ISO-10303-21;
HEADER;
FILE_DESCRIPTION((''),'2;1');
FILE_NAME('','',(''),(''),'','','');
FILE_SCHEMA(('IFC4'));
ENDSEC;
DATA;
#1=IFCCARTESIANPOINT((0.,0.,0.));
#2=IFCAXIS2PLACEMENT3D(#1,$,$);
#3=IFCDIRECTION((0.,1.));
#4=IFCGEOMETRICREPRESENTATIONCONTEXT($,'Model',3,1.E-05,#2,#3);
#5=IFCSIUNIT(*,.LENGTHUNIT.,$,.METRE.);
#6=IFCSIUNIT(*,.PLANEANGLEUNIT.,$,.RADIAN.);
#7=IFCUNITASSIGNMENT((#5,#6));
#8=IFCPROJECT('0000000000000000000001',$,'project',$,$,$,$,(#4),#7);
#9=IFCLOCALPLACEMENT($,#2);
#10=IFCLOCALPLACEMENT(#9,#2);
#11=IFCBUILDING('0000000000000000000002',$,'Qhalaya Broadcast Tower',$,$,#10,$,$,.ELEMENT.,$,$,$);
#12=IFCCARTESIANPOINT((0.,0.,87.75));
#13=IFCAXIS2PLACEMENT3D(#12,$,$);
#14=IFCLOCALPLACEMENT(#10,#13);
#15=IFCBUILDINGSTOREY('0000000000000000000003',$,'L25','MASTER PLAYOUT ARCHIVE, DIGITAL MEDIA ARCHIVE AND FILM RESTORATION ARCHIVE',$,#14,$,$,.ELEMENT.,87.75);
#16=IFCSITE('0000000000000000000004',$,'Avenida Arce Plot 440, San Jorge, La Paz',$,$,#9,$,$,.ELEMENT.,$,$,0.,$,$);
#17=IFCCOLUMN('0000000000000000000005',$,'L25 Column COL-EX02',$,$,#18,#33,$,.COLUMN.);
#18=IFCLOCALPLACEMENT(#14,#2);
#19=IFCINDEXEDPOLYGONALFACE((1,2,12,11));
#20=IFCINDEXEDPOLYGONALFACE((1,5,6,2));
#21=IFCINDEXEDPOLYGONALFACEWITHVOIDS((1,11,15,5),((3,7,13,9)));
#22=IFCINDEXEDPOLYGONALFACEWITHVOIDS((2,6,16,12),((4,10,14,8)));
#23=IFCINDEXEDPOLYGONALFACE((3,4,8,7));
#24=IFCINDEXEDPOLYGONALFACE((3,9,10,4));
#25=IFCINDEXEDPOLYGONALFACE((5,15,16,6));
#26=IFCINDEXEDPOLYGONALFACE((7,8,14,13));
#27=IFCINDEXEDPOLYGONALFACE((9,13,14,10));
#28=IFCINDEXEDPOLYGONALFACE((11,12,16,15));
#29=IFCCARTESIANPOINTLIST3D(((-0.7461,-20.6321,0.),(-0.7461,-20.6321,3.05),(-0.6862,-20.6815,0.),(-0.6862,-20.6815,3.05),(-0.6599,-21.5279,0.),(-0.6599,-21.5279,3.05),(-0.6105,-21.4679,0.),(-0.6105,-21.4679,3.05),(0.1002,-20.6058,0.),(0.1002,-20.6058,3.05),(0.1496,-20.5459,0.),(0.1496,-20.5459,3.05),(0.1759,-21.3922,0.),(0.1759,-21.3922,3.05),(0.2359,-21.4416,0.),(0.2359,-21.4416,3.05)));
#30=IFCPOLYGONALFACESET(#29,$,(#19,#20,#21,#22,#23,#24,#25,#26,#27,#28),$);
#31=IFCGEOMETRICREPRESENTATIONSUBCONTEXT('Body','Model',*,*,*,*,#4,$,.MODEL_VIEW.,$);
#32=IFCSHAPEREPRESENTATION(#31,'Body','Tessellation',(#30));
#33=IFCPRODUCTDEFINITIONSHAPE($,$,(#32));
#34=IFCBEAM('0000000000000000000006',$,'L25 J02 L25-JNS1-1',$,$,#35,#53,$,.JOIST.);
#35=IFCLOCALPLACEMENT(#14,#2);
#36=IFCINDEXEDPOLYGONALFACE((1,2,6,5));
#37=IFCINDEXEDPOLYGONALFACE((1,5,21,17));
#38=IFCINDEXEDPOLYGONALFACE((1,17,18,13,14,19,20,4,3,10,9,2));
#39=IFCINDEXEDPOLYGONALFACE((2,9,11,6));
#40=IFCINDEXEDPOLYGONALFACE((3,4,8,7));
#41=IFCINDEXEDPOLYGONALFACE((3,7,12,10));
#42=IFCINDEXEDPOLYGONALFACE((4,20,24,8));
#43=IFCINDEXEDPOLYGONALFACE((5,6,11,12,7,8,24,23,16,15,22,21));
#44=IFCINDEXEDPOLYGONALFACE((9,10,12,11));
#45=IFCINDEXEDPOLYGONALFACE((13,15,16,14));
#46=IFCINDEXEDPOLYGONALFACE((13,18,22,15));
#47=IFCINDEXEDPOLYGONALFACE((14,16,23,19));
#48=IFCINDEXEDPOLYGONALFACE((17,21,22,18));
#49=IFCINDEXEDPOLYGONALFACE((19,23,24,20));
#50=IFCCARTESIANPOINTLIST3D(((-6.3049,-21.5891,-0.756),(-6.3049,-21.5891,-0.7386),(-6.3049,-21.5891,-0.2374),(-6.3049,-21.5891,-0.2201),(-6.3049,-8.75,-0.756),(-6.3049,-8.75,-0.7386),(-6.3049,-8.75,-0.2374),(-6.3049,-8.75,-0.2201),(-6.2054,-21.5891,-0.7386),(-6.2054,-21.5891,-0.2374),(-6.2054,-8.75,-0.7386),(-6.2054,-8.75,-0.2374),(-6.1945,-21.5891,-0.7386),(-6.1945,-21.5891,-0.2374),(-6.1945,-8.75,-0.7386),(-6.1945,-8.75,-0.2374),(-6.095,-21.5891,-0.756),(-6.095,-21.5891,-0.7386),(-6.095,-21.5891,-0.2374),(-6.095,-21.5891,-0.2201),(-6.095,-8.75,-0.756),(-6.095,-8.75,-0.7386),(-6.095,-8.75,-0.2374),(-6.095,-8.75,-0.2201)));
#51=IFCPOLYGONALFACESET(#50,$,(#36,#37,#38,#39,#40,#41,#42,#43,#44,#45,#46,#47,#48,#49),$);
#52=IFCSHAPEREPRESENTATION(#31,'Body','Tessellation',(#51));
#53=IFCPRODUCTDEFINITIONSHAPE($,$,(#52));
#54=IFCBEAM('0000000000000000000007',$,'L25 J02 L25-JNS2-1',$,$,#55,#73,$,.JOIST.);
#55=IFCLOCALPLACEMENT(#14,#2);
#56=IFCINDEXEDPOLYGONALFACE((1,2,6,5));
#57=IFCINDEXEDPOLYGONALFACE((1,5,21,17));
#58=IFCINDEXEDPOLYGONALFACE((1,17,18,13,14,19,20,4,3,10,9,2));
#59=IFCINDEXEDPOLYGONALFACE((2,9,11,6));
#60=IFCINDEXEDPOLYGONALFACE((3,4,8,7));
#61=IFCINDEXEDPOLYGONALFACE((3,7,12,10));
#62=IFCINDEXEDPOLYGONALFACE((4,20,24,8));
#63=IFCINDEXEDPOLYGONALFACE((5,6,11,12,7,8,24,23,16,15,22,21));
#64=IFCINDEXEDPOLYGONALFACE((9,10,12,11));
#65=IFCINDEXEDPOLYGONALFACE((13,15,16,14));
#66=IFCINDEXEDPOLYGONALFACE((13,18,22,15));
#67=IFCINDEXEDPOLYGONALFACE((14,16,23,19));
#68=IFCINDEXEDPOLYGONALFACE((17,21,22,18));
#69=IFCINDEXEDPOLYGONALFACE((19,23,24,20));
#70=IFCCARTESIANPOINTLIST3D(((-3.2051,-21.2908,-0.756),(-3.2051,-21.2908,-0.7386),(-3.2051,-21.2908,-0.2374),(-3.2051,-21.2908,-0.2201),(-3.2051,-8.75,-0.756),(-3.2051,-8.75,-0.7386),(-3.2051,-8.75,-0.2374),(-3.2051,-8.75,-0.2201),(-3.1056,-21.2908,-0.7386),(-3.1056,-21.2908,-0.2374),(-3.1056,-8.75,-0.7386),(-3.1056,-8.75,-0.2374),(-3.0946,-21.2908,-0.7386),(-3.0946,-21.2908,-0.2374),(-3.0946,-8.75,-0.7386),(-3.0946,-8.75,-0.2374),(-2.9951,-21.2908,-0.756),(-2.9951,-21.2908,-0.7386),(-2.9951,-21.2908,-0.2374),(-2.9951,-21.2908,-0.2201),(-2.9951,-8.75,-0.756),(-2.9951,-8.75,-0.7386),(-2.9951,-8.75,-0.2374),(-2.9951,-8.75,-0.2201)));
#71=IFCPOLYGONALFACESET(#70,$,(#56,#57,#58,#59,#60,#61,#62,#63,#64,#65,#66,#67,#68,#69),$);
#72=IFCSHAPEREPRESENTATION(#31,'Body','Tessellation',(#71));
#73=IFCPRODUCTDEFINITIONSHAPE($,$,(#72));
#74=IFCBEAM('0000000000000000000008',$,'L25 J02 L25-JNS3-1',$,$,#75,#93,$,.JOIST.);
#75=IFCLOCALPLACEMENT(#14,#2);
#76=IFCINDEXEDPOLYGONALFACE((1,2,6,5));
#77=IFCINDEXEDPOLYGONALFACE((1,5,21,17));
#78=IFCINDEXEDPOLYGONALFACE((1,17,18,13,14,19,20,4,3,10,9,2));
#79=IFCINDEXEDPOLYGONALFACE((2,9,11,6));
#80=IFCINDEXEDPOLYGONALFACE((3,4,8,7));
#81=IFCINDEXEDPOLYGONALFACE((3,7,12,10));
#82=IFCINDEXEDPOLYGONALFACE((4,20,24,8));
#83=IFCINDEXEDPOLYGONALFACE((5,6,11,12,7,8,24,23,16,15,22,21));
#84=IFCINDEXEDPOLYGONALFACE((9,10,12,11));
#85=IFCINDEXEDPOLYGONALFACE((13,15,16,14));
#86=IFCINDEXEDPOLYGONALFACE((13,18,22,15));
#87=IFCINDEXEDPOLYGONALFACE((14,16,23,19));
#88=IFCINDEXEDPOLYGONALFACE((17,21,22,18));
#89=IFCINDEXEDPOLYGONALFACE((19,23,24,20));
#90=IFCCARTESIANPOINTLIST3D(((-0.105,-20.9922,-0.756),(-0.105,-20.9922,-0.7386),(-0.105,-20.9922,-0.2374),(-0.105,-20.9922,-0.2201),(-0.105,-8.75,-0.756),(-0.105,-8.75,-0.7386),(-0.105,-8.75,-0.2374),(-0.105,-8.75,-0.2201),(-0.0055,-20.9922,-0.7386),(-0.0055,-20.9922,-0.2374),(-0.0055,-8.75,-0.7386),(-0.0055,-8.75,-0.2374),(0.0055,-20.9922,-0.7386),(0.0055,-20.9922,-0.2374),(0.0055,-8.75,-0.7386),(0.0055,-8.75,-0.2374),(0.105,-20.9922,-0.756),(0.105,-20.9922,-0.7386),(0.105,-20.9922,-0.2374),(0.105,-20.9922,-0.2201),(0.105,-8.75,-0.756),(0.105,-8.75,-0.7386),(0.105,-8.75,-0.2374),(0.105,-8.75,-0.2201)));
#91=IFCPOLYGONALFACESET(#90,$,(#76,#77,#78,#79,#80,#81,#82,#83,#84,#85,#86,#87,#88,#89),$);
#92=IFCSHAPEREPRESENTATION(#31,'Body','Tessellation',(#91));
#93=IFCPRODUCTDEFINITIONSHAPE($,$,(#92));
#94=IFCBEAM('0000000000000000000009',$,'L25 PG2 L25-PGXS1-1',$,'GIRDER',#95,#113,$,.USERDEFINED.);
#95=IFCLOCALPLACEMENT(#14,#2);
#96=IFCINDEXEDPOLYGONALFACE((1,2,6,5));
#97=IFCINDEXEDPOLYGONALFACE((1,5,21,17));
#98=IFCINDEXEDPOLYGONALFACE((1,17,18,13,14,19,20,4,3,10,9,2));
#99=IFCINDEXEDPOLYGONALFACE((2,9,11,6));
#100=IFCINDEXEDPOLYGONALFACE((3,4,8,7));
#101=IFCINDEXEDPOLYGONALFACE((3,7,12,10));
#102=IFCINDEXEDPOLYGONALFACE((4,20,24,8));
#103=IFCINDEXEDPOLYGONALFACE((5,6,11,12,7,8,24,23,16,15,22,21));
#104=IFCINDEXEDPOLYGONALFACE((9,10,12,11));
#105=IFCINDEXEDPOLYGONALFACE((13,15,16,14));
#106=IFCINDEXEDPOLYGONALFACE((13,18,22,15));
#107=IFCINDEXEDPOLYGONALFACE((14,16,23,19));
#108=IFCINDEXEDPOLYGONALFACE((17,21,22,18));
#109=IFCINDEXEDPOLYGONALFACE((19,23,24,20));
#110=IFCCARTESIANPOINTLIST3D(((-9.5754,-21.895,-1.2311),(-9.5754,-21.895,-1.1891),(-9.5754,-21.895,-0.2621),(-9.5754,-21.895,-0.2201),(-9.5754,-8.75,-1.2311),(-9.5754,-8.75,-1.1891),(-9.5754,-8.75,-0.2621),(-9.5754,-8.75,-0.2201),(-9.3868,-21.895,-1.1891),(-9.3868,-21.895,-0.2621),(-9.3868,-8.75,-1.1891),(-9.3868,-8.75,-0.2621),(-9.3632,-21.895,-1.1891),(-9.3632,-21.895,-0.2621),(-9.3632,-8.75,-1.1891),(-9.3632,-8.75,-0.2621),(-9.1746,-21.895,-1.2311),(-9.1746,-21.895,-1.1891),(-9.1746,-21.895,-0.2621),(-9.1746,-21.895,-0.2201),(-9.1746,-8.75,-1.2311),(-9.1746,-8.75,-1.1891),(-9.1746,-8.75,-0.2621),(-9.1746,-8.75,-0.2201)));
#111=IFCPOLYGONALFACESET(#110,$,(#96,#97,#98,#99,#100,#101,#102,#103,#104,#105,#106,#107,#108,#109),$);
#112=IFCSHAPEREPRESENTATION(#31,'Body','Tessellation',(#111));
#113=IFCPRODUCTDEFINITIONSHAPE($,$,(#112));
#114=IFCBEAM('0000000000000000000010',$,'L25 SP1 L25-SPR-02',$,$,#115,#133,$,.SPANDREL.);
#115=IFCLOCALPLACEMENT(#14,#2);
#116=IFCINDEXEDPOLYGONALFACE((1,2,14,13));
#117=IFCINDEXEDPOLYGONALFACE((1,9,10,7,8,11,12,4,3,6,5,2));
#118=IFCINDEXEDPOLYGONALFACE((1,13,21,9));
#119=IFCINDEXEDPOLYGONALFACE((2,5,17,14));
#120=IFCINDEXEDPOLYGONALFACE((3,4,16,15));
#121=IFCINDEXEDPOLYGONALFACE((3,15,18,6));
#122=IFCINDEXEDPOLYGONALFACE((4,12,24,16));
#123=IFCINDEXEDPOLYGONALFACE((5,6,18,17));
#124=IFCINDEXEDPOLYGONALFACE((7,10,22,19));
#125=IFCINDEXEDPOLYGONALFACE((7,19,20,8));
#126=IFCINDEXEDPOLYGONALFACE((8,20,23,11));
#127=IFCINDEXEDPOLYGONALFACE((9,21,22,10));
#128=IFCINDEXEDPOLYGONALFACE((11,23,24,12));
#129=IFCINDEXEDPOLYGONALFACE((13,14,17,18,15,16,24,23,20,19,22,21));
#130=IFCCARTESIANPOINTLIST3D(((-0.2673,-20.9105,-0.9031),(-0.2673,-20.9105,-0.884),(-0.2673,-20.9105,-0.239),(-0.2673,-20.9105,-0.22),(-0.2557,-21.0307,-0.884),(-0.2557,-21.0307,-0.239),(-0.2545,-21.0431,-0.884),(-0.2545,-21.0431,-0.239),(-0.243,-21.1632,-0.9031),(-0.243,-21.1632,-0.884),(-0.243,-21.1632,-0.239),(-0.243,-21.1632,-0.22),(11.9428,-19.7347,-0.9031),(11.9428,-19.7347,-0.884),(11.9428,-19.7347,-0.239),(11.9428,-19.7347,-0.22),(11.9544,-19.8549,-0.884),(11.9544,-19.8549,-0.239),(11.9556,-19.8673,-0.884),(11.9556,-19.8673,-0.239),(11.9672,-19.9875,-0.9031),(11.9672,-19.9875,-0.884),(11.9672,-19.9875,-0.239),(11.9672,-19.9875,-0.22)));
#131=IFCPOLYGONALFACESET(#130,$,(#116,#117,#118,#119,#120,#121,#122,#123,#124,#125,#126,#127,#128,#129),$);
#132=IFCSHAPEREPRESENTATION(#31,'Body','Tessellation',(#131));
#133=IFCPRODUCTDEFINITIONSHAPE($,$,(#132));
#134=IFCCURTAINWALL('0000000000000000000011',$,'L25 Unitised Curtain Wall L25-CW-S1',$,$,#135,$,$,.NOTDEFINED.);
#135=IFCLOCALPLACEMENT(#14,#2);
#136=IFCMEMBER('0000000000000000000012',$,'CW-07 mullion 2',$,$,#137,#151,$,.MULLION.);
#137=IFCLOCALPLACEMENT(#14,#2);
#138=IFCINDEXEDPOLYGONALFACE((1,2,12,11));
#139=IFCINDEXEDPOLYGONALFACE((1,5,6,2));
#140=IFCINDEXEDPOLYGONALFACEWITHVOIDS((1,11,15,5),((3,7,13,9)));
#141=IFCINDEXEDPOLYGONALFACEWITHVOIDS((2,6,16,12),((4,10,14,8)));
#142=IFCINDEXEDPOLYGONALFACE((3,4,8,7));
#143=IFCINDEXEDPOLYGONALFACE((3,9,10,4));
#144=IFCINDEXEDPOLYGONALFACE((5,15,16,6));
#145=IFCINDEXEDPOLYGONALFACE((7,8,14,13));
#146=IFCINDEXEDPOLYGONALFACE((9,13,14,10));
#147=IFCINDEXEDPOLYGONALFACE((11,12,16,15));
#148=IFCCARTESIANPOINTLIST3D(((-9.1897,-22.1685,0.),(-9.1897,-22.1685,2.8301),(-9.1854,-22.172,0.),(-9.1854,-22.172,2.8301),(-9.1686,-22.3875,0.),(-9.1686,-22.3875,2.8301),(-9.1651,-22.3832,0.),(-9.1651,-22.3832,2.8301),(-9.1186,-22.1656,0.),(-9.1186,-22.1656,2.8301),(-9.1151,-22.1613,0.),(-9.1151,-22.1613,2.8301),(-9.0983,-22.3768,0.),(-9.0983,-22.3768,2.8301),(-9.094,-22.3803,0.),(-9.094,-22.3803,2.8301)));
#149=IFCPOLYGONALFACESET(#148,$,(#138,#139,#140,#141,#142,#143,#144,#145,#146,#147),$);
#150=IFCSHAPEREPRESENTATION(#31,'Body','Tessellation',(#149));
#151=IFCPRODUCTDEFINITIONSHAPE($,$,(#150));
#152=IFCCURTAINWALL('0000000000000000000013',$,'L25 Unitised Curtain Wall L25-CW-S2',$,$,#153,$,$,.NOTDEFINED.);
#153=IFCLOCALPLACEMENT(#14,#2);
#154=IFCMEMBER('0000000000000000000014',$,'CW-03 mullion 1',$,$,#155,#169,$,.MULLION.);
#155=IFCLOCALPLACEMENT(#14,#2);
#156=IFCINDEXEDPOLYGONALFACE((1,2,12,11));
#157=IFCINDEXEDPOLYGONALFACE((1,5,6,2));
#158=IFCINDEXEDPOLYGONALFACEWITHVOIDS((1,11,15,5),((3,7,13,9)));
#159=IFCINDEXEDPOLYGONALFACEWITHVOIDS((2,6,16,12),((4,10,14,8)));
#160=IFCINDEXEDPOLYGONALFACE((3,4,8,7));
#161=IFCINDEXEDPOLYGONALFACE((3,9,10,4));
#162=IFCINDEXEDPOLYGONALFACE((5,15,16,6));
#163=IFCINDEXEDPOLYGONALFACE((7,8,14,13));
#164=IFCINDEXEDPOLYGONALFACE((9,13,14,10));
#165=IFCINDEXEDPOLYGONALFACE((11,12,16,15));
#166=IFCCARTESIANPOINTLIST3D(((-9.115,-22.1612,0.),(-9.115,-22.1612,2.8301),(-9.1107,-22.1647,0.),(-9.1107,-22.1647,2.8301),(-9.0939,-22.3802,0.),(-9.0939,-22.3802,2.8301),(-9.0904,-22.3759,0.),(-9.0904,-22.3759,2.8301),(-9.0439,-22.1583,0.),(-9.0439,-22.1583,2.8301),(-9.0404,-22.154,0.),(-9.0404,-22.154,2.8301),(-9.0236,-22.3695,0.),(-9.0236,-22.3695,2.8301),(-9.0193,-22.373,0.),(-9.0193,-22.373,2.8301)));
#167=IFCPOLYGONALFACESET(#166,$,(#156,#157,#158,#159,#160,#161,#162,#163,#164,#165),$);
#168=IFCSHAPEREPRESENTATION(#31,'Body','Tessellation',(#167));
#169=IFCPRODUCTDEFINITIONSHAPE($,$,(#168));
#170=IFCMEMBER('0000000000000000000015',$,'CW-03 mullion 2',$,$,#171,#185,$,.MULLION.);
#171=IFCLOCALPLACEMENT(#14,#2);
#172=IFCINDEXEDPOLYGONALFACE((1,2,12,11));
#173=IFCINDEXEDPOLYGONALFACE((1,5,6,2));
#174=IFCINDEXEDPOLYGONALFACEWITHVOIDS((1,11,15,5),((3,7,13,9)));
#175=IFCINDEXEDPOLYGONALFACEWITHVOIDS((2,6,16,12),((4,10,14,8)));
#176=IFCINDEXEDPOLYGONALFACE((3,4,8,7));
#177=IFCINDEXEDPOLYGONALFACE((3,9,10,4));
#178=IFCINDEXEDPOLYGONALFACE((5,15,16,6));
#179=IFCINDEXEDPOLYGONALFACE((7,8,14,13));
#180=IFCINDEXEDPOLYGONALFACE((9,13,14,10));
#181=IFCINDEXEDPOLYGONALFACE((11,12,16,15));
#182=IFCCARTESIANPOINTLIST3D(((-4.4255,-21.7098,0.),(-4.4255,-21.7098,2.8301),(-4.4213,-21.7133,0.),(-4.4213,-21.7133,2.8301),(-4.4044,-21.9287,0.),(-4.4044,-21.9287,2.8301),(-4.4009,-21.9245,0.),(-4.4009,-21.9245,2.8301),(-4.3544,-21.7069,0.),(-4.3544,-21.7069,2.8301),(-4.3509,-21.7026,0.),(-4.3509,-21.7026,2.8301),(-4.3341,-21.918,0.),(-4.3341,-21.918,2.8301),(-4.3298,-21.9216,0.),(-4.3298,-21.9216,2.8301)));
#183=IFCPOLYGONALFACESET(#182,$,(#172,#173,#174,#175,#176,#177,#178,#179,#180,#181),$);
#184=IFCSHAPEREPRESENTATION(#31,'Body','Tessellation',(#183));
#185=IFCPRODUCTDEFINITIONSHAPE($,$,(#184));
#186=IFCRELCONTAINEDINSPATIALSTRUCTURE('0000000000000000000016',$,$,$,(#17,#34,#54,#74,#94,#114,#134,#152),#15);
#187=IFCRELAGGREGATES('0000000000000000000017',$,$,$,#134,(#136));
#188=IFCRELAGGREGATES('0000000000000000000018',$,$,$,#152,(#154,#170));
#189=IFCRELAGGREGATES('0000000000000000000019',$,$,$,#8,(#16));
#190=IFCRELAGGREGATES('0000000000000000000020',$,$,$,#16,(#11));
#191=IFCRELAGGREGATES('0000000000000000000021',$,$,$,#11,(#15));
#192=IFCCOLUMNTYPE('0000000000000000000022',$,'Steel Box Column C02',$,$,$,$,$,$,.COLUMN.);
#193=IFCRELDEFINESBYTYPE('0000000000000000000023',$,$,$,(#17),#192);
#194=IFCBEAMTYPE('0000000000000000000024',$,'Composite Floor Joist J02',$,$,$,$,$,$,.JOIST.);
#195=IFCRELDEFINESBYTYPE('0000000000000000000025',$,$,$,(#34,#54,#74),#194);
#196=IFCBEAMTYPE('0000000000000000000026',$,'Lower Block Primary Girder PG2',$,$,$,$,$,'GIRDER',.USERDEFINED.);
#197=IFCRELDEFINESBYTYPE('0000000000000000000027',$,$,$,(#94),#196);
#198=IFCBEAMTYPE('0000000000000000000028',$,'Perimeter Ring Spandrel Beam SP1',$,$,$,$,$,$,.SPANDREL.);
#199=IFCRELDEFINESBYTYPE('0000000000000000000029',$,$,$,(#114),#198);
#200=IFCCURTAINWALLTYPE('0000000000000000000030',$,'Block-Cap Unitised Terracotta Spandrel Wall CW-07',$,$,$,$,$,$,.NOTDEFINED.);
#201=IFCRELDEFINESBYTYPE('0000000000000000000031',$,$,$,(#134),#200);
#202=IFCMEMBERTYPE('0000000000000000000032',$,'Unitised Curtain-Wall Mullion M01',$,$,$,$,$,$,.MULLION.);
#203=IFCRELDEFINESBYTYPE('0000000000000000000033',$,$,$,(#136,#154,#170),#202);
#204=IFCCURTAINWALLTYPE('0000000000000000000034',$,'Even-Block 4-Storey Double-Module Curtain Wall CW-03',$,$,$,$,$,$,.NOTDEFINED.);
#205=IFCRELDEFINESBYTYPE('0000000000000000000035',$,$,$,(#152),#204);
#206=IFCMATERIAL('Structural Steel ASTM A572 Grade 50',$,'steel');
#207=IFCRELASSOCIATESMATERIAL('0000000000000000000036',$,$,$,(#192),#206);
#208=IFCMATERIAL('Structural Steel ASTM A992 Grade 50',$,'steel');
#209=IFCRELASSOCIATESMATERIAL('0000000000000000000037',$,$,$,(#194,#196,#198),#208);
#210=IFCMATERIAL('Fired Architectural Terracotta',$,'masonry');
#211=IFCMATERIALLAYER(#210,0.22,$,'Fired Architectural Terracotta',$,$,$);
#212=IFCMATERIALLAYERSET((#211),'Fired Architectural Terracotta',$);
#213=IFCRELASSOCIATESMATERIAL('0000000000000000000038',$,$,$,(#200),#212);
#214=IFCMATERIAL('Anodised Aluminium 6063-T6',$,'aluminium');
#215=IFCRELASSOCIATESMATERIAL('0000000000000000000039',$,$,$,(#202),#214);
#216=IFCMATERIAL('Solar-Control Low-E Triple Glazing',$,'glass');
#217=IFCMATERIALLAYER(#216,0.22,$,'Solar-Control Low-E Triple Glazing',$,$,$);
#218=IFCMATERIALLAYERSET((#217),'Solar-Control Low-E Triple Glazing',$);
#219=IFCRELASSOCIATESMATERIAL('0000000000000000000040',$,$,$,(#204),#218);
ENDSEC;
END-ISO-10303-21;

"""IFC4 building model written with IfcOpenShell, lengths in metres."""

from ifc_helpers import new_model, si_unit, direction, frame, origin, origin_2d, place, context, subcontext, project, spatial, hollow_rectangle, i_section, extrude, material, layer, layer_set, material_profile, profile_set, type_object, element, aggregate, save


model = new_model("IFC4")

# Units and contexts
model_context = context("Model", 3, precision=1e-05, world=origin(), true_north=direction((0.0, 1.0)))
body_context = subcontext(model_context, "Body", "Model", "MODEL_VIEW")
ifc_project = project(units=[si_unit("LENGTHUNIT", "METRE"), si_unit("PLANEANGLEUNIT", "RADIAN")], contexts=[model_context])

# Site, building, storey
site_placement = place(None, origin())
site = spatial("IfcSite", under=ifc_project, at=site_placement, Name="Avenida Arce Plot 440, San Jorge, La Paz", CompositionType="ELEMENT", RefElevation=0.0)
building_placement = place(site_placement, origin())
building = spatial("IfcBuilding", under=site, at=building_placement, Name="Qhalaya Broadcast Tower", CompositionType="ELEMENT")
storey_placement = place(building_placement, frame((0.0, 0.0, 87.75)))
storey = spatial("IfcBuildingStorey", under=building, at=storey_placement, Name="L25", Description="MASTER PLAYOUT ARCHIVE, DIGITAL MEDIA ARCHIVE AND FILM RESTORATION ARCHIVE", CompositionType="ELEMENT", Elevation=87.75)

# Column
ifc_material_1 = material(Name="Structural Steel ASTM A572 Grade 50", Category="steel")
ifc_material_profile_1 = material_profile(ifc_material_1, hollow_rectangle(XDim=0.8999, YDim=0.8999, WallThickness=0.0549, at=origin_2d()), Name="BOX 900x900x55")
ifc_profile_set_1 = profile_set([ifc_material_profile_1], Name="Structural Steel ASTM A572 Grade 50")
column_type = type_object("IfcColumnType", Name="Steel Box Column C02", PredefinedType="COLUMN", material=ifc_profile_set_1)
column_placement = place(storey_placement, frame((-0.2551, -21.0369, 0.0), z_axis=(0.0, 0.0, 1.0), x_axis=(0.995396, 0.095846, 0.0)))
element("IfcColumn", 1, at=column_placement, inside=storey, type_object=column_type, Name="L25 Column COL-EX02", PredefinedType="COLUMN", context=body_context, shape_type="SweptSolid", body=[
    extrude(hollow_rectangle(XDim=0.8999, YDim=0.8999, WallThickness=0.0549, at=origin_2d()), origin(), (0.0, 0.0, 1.0), 3.05),
])

# Beams
ifc_material_2 = material(Name="Structural Steel ASTM A992 Grade 50", Category="steel")
ifc_material_profile_2 = material_profile(ifc_material_2, i_section(OverallWidth=0.21, OverallDepth=0.5359, WebThickness=0.011, FlangeThickness=0.0173, at=origin_2d()), Name="W21X68")
ifc_profile_set_2 = profile_set([ifc_material_profile_2], Name="Structural Steel ASTM A992 Grade 50")
beam_type_1 = type_object("IfcBeamType", Name="Composite Floor Joist J02", PredefinedType="JOIST", material=ifc_profile_set_2)
beam_1_placement = place(storey_placement, frame((-6.2, -21.5891, -0.488), z_axis=(0.0, 1.0, 0.0), x_axis=(-1.0, 0.0, 0.0)))
element("IfcBeam", 2, at=beam_1_placement, inside=storey, type_object=beam_type_1, Name="L25 J02 L25-JNS1-1", PredefinedType="JOIST", context=body_context, shape_type="SweptSolid", body=[
    extrude(i_section(OverallWidth=0.21, OverallDepth=0.5359, WebThickness=0.011, FlangeThickness=0.0173, at=origin_2d()), origin(), (0.0, 0.0, 1.0), 12.8391),
])
beam_2_placement = place(storey_placement, frame((-3.1001, -21.2908, -0.488), z_axis=(0.0, 1.0, 0.0), x_axis=(-1.0, 0.0, 0.0)))
element("IfcBeam", 3, at=beam_2_placement, inside=storey, type_object=beam_type_1, Name="L25 J02 L25-JNS2-1", PredefinedType="JOIST", context=body_context, shape_type="SweptSolid", body=[
    extrude(i_section(OverallWidth=0.21, OverallDepth=0.5359, WebThickness=0.011, FlangeThickness=0.0173, at=origin_2d()), origin(), (0.0, 0.0, 1.0), 12.5408),
])
beam_3_placement = place(storey_placement, frame((0.0, -20.9922, -0.488), z_axis=(0.0, 1.0, 0.0), x_axis=(-1.0, 0.0, 0.0)))
element("IfcBeam", 4, at=beam_3_placement, inside=storey, type_object=beam_type_1, Name="L25 J02 L25-JNS3-1", PredefinedType="JOIST", context=body_context, shape_type="SweptSolid", body=[
    extrude(i_section(OverallWidth=0.21, OverallDepth=0.5359, WebThickness=0.011, FlangeThickness=0.0173, at=origin_2d()), origin(), (0.0, 0.0, 1.0), 12.2422),
])
ifc_material_profile_3 = material_profile(ifc_material_2, i_section(OverallWidth=0.4009, OverallDepth=1.011, WebThickness=0.0237, FlangeThickness=0.042, at=origin_2d()), Name="W40X297")
ifc_profile_set_3 = profile_set([ifc_material_profile_3], Name="Structural Steel ASTM A992 Grade 50")
beam_type_2 = type_object("IfcBeamType", Name="Lower Block Primary Girder PG2", ElementType="GIRDER", PredefinedType="USERDEFINED", material=ifc_profile_set_3)
beam_4_placement = place(storey_placement, frame((-9.375, -21.895, -0.7256), z_axis=(0.0, 1.0, 0.0), x_axis=(-1.0, 0.0, 0.0)))
element("IfcBeam", 5, at=beam_4_placement, inside=storey, type_object=beam_type_2, Name="L25 PG2 L25-PGXS1-1", ObjectType="GIRDER", PredefinedType="USERDEFINED", context=body_context, shape_type="SweptSolid", body=[
    extrude(i_section(OverallWidth=0.4009, OverallDepth=1.011, WebThickness=0.0237, FlangeThickness=0.042, at=origin_2d()), origin(), (0.0, 0.0, 1.0), 13.145),
])
ifc_material_profile_4 = material_profile(ifc_material_2, i_section(OverallWidth=0.2539, OverallDepth=0.6831, WebThickness=0.0125, FlangeThickness=0.019, at=origin_2d()), Name="W27X94")
ifc_profile_set_4 = profile_set([ifc_material_profile_4], Name="Structural Steel ASTM A992 Grade 50")
beam_type_3 = type_object("IfcBeamType", Name="Perimeter Ring Spandrel Beam SP1", PredefinedType="SPANDREL", material=ifc_profile_set_4)
beam_5_placement = place(storey_placement, frame((-0.2551, -21.0369, -0.5615), z_axis=(0.995396, 0.095852, 0.0), x_axis=(-0.095852, 0.995396, 0.0)))
element("IfcBeam", 6, at=beam_5_placement, inside=storey, type_object=beam_type_3, Name="L25 SP1 L25-SPR-02", PredefinedType="SPANDREL", context=body_context, shape_type="SweptSolid", body=[
    extrude(i_section(OverallWidth=0.2539, OverallDepth=0.6831, WebThickness=0.0125, FlangeThickness=0.019, at=origin_2d()), origin(), (0.0, 0.0, 1.0), 12.2666),
])

# Curtain wall, member
ifc_material_3 = material(Name="Fired Architectural Terracotta", Category="masonry")
ifc_layer_1 = layer(ifc_material_3, 0.22, Name="Fired Architectural Terracotta")
ifc_layer_set_1 = layer_set([ifc_layer_1], Name="Fired Architectural Terracotta")
curtain_wall_type_1 = type_object("IfcCurtainWallType", Name="Block-Cap Unitised Terracotta Spandrel Wall CW-07", PredefinedType="NOTDEFINED", material=ifc_layer_set_1)
curtain_wall_1_placement = place(storey_placement, origin())
curtain_wall_1 = element("IfcCurtainWall", 7, at=curtain_wall_1_placement, inside=storey, type_object=curtain_wall_type_1, Name="L25 Unitised Curtain Wall L25-CW-S1", PredefinedType="NOTDEFINED")
ifc_material_4 = material(Name="Anodised Aluminium 6063-T6", Category="aluminium")
ifc_material_profile_5 = material_profile(ifc_material_4, hollow_rectangle(XDim=0.075, YDim=0.22, WallThickness=0.0039, at=origin_2d()), Name="ALU-MUL 75x220x4")
ifc_profile_set_5 = profile_set([ifc_material_profile_5], Name="Anodised Aluminium 6063-T6")
member_type_1 = type_object("IfcMemberType", Name="Unitised Curtain-Wall Mullion M01", PredefinedType="MULLION", material=ifc_profile_set_5)
member_1_placement = place(storey_placement, frame((-9.1418, -22.2744, 0.0), z_axis=(0.0, 0.0, 1.0), x_axis=(0.995397, 0.095837, 0.0)))
member_1 = element("IfcMember", 8, at=member_1_placement, type_object=member_type_1, Name="CW-07 mullion 2", PredefinedType="MULLION", context=body_context, shape_type="SweptSolid", body=[
    extrude(hollow_rectangle(XDim=0.075, YDim=0.22, WallThickness=0.0039, at=origin_2d()), origin(), (0.0, 0.0, 1.0), 2.8301),
])

# Curtain wall, members
ifc_material_5 = material(Name="Solar-Control Low-E Triple Glazing", Category="glass")
ifc_layer_2 = layer(ifc_material_5, 0.22, Name="Solar-Control Low-E Triple Glazing")
ifc_layer_set_2 = layer_set([ifc_layer_2], Name="Solar-Control Low-E Triple Glazing")
curtain_wall_type_2 = type_object("IfcCurtainWallType", Name="Even-Block 4-Storey Double-Module Curtain Wall CW-03", PredefinedType="NOTDEFINED", material=ifc_layer_set_2)
curtain_wall_2_placement = place(storey_placement, origin())
curtain_wall_2 = element("IfcCurtainWall", 9, at=curtain_wall_2_placement, inside=storey, type_object=curtain_wall_type_2, Name="L25 Unitised Curtain Wall L25-CW-S2", PredefinedType="NOTDEFINED")
member_2_placement = place(storey_placement, frame((-9.0671, -22.2671, 0.0), z_axis=(0.0, 0.0, 1.0), x_axis=(0.995395, 0.095862, 0.0)))
member_2 = element("IfcMember", 10, at=member_2_placement, type_object=member_type_1, Name="CW-03 mullion 1", PredefinedType="MULLION", context=body_context, shape_type="SweptSolid", body=[
    extrude(hollow_rectangle(XDim=0.075, YDim=0.22, WallThickness=0.0039, at=origin_2d()), origin(), (0.0, 0.0, 1.0), 2.8301),
])
member_3_placement = place(storey_placement, frame((-4.3777, -21.8157, 0.0), z_axis=(0.0, 0.0, 1.0), x_axis=(0.995395, 0.095862, 0.0)))
member_3 = element("IfcMember", 11, at=member_3_placement, type_object=member_type_1, Name="CW-03 mullion 2", PredefinedType="MULLION", context=body_context, shape_type="SweptSolid", body=[
    extrude(hollow_rectangle(XDim=0.075, YDim=0.22, WallThickness=0.0039, at=origin_2d()), origin(), (0.0, 0.0, 1.0), 2.8301),
])

aggregate(curtain_wall_1, [member_1])
aggregate(curtain_wall_2, [member_2, member_3])

save(model, "model.ifc")
